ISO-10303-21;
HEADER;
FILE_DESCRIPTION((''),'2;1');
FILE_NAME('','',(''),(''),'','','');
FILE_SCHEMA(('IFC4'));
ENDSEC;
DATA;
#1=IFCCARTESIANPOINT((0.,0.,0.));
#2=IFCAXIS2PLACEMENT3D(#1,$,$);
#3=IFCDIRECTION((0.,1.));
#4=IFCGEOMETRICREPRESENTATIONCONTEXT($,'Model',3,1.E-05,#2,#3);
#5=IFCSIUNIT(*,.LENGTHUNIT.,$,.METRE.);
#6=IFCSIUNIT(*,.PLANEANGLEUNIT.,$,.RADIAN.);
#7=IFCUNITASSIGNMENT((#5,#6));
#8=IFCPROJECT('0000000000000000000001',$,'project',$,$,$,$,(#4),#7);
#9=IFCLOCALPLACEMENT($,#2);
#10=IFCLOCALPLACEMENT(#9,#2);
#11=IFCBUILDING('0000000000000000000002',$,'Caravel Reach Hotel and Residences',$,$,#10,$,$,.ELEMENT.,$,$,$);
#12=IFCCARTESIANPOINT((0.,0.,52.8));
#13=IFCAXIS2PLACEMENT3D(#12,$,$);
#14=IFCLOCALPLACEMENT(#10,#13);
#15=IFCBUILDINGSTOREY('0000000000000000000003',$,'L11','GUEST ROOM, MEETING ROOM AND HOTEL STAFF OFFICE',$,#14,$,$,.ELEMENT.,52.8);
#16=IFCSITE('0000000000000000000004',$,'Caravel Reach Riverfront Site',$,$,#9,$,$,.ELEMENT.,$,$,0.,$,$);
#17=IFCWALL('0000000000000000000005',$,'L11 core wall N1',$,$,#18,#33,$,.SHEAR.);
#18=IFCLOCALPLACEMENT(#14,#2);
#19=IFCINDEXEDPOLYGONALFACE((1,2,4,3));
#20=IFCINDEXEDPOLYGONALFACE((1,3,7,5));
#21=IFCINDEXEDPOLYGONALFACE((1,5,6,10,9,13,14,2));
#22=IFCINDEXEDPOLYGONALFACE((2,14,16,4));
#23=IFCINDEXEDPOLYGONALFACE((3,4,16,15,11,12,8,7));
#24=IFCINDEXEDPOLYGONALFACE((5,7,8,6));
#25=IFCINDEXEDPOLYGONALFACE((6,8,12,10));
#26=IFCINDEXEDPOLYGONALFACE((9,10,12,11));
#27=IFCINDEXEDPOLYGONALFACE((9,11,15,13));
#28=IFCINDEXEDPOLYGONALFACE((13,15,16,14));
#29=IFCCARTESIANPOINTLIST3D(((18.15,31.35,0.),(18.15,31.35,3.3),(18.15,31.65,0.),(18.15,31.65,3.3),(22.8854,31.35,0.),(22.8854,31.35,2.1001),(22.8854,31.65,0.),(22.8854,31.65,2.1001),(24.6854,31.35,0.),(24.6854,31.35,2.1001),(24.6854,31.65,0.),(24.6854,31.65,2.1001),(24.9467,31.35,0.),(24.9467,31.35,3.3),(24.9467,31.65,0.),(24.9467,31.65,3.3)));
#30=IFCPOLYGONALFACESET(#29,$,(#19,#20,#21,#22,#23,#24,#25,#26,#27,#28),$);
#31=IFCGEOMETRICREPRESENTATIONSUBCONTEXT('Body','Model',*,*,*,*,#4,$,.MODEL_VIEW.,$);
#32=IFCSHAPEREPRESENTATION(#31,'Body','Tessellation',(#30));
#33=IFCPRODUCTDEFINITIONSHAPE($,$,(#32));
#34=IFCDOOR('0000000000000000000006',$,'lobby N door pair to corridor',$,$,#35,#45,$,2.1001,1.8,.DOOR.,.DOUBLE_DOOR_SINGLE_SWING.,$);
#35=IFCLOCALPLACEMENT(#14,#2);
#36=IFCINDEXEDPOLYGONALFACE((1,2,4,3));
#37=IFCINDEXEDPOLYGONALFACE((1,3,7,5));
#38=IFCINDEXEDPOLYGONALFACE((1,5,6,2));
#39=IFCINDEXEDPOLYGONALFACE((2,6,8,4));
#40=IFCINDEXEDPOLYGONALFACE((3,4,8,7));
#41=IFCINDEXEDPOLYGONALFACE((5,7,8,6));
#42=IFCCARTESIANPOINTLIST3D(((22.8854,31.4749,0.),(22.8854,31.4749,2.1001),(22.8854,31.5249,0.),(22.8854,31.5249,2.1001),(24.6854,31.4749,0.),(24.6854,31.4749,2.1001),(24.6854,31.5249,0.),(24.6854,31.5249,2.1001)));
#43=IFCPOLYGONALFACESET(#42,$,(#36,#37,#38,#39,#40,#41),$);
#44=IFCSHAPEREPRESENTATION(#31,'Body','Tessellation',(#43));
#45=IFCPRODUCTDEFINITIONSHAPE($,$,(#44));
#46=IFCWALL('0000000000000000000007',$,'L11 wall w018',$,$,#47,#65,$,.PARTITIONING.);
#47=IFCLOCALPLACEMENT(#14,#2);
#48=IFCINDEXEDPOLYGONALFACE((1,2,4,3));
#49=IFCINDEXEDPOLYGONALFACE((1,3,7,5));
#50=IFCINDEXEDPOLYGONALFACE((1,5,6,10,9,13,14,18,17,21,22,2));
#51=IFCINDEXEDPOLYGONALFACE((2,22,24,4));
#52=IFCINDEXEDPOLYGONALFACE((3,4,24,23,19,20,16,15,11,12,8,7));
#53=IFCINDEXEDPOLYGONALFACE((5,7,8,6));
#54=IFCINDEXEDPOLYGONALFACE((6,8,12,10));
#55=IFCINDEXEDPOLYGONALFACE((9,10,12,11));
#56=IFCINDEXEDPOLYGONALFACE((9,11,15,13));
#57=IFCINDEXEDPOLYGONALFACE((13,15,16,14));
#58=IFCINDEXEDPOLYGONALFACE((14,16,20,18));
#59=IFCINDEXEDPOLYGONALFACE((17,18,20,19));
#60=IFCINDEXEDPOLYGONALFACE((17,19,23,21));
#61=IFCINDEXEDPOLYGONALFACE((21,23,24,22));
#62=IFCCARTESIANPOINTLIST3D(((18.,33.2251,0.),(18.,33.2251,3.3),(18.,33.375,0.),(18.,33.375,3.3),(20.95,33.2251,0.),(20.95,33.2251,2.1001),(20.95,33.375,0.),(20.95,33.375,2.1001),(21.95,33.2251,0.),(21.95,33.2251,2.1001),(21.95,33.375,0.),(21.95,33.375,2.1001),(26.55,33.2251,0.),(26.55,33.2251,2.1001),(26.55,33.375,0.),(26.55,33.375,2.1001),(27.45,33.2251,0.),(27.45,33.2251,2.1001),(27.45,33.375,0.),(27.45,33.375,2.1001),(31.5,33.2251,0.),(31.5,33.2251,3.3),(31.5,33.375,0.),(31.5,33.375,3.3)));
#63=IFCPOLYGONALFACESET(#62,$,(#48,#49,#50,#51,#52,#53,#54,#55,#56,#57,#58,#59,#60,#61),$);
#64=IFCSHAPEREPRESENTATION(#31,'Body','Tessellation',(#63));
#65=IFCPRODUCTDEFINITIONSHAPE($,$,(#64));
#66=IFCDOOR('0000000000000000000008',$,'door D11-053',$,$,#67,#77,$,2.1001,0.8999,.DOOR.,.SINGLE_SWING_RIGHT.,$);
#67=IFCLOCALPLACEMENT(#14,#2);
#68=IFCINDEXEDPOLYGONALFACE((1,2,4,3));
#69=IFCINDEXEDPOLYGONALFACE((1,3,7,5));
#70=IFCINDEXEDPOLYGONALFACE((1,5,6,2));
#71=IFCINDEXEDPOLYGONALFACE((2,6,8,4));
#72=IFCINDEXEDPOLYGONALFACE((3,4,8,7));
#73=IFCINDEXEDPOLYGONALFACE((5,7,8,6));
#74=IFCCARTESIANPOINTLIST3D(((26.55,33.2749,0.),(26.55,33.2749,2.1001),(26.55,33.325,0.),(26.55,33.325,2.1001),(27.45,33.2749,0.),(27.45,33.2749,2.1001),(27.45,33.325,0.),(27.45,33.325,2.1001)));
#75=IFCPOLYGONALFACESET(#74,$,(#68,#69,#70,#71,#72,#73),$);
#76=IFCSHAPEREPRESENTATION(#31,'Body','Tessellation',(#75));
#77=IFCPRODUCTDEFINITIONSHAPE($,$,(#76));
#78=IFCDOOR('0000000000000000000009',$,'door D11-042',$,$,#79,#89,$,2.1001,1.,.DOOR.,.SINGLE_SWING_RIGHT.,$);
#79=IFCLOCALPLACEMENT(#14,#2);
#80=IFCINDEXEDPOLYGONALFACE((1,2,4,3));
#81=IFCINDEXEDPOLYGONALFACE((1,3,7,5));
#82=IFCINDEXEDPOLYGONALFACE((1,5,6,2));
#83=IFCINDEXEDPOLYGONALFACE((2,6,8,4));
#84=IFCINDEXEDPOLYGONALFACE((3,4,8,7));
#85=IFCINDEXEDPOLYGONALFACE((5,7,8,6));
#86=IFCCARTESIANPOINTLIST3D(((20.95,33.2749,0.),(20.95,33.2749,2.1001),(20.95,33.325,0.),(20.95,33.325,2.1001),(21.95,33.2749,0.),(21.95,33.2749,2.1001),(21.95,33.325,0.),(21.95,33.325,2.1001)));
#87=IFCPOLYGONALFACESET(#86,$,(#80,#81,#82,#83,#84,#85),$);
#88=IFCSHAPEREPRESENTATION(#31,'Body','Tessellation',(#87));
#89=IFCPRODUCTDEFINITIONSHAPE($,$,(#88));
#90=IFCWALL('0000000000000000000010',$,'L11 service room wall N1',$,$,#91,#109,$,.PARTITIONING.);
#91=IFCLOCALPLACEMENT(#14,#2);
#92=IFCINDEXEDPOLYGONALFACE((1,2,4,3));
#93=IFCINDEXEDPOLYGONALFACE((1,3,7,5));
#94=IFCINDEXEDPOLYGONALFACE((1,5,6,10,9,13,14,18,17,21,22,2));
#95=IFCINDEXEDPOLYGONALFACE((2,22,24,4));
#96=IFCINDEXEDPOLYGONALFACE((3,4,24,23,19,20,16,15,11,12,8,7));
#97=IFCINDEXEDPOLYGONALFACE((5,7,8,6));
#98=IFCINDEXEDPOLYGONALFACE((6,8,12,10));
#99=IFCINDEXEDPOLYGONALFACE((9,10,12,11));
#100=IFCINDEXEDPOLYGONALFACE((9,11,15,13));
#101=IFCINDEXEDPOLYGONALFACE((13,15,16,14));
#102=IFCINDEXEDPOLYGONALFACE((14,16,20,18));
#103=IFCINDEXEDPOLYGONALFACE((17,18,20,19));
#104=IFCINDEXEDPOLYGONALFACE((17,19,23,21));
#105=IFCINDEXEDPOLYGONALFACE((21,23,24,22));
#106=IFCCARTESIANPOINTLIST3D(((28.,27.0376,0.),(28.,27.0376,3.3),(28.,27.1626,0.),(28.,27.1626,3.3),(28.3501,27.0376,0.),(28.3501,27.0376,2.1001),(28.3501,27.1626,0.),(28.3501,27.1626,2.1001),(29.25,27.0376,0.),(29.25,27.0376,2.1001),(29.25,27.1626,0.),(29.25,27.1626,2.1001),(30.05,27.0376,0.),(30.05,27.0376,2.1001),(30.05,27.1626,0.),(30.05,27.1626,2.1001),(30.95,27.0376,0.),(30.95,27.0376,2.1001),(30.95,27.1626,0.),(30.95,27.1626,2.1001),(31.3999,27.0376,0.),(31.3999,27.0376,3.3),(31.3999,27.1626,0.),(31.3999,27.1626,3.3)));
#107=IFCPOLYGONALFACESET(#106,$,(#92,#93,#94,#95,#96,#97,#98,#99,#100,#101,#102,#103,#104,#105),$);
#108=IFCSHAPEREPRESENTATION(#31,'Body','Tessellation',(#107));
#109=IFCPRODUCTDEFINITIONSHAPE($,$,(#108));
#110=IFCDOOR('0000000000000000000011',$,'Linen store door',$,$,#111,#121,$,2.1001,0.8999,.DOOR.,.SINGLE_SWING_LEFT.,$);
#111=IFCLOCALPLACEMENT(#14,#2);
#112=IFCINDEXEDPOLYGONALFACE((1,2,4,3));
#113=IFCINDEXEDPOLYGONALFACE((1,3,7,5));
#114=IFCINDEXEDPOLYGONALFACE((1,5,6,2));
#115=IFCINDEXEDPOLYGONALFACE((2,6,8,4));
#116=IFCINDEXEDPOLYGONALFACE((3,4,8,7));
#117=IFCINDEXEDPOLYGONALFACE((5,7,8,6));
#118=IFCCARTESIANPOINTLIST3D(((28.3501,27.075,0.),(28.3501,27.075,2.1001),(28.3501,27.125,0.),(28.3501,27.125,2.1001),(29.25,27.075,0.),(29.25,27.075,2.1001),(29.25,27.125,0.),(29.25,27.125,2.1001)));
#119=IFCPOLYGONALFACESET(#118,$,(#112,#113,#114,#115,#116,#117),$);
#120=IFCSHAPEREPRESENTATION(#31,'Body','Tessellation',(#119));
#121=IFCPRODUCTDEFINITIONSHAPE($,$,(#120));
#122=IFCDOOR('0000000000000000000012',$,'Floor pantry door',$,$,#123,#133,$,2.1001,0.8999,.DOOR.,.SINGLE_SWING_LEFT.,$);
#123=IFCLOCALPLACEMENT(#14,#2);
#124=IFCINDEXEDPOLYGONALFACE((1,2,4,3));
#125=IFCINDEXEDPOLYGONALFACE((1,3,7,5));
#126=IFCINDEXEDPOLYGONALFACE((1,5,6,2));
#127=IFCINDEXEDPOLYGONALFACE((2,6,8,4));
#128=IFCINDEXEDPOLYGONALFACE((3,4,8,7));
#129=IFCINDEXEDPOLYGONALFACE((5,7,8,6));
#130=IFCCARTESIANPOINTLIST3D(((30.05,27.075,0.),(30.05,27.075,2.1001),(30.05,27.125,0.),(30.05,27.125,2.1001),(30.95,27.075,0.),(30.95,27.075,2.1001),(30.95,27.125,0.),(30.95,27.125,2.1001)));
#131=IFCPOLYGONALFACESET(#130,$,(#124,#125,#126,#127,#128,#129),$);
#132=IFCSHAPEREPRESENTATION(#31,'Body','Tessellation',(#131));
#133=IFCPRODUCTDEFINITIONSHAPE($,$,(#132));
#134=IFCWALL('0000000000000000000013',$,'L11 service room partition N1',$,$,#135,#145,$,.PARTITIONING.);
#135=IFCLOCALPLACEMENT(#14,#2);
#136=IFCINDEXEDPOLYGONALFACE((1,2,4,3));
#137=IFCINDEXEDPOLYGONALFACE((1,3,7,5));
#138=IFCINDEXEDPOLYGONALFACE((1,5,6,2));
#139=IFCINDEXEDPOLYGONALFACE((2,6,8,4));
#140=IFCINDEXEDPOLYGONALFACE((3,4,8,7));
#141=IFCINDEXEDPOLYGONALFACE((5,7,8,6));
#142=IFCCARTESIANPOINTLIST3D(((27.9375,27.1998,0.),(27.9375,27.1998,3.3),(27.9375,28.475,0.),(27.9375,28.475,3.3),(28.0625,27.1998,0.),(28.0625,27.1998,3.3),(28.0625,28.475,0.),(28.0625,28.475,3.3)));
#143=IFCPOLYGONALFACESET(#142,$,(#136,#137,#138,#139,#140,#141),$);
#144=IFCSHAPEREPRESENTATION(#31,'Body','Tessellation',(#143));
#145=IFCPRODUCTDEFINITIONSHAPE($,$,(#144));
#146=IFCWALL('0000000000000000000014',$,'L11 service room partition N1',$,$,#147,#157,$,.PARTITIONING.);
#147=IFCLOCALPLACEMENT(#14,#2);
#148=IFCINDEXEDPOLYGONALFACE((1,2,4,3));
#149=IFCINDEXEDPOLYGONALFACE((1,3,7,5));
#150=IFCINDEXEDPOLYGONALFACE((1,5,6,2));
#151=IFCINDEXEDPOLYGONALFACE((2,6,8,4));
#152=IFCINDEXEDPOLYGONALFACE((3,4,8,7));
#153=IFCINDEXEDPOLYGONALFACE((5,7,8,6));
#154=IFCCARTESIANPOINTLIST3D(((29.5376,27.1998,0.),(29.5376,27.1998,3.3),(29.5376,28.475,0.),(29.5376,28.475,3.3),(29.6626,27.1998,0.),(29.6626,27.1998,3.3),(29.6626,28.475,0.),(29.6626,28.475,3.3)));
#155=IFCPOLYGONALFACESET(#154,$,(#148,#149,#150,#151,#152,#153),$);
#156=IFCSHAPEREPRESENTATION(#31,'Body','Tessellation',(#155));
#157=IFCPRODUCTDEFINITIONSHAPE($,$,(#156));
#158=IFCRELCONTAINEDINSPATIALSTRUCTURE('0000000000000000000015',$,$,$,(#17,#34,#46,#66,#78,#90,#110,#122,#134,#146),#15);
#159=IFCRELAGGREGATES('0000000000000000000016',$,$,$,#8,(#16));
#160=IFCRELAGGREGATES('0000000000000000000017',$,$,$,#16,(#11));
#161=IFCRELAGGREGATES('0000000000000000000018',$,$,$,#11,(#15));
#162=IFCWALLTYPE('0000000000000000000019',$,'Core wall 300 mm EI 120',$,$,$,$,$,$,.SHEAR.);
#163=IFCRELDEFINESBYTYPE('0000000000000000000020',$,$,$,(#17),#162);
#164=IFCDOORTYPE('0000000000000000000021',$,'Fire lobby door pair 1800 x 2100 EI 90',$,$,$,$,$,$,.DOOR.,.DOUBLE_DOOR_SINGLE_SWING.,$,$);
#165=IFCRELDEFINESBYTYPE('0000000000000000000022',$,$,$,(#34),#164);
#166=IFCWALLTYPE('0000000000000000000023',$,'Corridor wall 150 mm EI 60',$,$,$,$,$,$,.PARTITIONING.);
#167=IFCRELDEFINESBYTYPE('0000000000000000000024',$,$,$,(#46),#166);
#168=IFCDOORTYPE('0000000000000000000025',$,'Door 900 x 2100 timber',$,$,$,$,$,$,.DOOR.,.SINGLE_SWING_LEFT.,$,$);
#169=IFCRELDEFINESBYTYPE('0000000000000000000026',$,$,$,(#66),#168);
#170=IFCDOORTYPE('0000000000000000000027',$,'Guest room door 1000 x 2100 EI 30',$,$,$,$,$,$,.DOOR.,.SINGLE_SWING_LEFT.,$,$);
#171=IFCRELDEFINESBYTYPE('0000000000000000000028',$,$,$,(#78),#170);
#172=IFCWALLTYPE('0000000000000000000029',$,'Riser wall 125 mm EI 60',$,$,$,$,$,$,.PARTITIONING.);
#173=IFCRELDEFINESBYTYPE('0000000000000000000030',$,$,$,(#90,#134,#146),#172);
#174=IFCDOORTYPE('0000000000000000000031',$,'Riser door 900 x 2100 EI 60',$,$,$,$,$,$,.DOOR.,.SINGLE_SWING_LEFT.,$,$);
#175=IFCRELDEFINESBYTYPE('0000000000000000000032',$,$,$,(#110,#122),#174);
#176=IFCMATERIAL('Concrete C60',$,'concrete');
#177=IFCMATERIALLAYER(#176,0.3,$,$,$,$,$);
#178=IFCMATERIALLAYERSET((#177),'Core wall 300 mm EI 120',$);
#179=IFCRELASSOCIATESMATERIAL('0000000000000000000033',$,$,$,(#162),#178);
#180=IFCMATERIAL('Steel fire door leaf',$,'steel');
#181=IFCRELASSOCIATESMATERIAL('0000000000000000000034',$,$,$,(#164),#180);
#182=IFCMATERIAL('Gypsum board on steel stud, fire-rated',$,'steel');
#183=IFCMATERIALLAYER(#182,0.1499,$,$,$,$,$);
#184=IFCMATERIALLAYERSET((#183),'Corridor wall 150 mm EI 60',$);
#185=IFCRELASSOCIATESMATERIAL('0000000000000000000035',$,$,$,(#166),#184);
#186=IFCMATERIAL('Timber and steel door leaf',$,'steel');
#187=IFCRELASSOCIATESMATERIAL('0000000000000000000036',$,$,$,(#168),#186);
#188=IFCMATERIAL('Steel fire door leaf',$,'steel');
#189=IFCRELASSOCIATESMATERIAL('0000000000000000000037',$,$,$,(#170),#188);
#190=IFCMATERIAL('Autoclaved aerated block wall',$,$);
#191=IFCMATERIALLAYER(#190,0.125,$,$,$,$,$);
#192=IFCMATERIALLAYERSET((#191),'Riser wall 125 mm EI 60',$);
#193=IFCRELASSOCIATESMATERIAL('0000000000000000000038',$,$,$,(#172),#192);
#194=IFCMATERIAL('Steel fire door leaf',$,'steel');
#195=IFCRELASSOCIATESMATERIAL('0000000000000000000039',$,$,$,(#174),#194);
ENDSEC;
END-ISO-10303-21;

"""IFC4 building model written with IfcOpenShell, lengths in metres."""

from ifc_helpers import new_model, si_unit, direction, frame, frame_2d, origin, place, context, subcontext, project, spatial, rectangle, extrude, material, layer, layer_set, type_object, element, fill, save


model = new_model("IFC4")

# Units and contexts
model_context = context("Model", 3, precision=1e-05, world=origin(), true_north=direction((0.0, 1.0)))
body_context = subcontext(model_context, "Body", "Model", "MODEL_VIEW")
ifc_project = project(units=[si_unit("LENGTHUNIT", "METRE"), si_unit("PLANEANGLEUNIT", "RADIAN")], contexts=[model_context])

# Site, building, storey
site_placement = place(None, origin())
site = spatial("IfcSite", under=ifc_project, at=site_placement, Name="Caravel Reach Riverfront Site", CompositionType="ELEMENT", RefElevation=0.0)
building_placement = place(site_placement, origin())
building = spatial("IfcBuilding", under=site, at=building_placement, Name="Caravel Reach Hotel and Residences", CompositionType="ELEMENT")
storey_placement = place(building_placement, frame((0.0, 0.0, 52.8)))
storey = spatial("IfcBuildingStorey", under=building, at=storey_placement, Name="L11", Description="GUEST ROOM, MEETING ROOM AND HOTEL STAFF OFFICE", CompositionType="ELEMENT", Elevation=52.8)

# Wall, opening, door
ifc_material_1 = material(Name="Concrete C60", Category="concrete")
ifc_layer_1 = layer(ifc_material_1, 0.3)
ifc_layer_set_1 = layer_set([ifc_layer_1], Name="Core wall 300 mm EI 120")
wall_type_1 = type_object("IfcWallType", Name="Core wall 300 mm EI 120", PredefinedType="SHEAR", material=ifc_layer_set_1)
wall_1_placement = place(storey_placement, frame((18.1499, 31.5, 0.0), z_axis=(0.0, 0.0, 1.0), x_axis=(1.0, 0.0, 0.0)))
wall_1 = element("IfcWall", 1, at=wall_1_placement, inside=storey, type_object=wall_type_1, Name="L11 core wall N1", PredefinedType="SHEAR", context=body_context, shape_type="SweptSolid", body=[
    extrude(rectangle(XDim=6.7966, YDim=0.3, at=frame_2d((3.3984, 0.0))), origin(), (0.0, 0.0, 1.0), 3.3),
])
opening_1_placement = place(wall_1_placement, frame((4.7356, 0.0, 0.0)))
opening_1 = element("IfcOpeningElement", 2, at=opening_1_placement, cuts=wall_1, PredefinedType="OPENING", context=body_context, shape_type="SweptSolid", body=[
    extrude(rectangle(XDim=1.8, YDim=2.1001, at=frame_2d((0.8999, 1.05))), frame((0.0, 0.1599, 0.0), z_axis=(0.0, -1.0, 0.0), x_axis=(1.0, 0.0, 0.0)), (0.0, 0.0, 1.0), 0.3201),
])
ifc_material_2 = material(Name="Steel fire door leaf", Category="steel")
door_type_1 = type_object("IfcDoorType", Name="Fire lobby door pair 1800 x 2100 EI 90", OperationType="DOUBLE_DOOR_SINGLE_SWING", PredefinedType="DOOR", material=ifc_material_2)
door_1_placement = place(opening_1_placement, origin())
door_1 = element("IfcDoor", 3, at=door_1_placement, inside=storey, type_object=door_type_1, Name="lobby N door pair to corridor", OperationType="DOUBLE_DOOR_SINGLE_SWING", OverallHeight=2.1001, OverallWidth=1.8, PredefinedType="DOOR", context=body_context, shape_type="SweptSolid", body=[
    extrude(rectangle(XDim=1.8, YDim=2.1001, at=frame_2d((0.8999, 1.05))), frame((0.0, 0.0249, 0.0), z_axis=(0.0, -1.0, 0.0), x_axis=(1.0, 0.0, 0.0)), (0.0, 0.0, 1.0), 0.05),
])
fill(opening_1, door_1)

# Walls, openings, doors
ifc_material_3 = material(Name="Gypsum board on steel stud, fire-rated", Category="steel")
ifc_layer_2 = layer(ifc_material_3, 0.1499)
ifc_layer_set_2 = layer_set([ifc_layer_2], Name="Corridor wall 150 mm EI 60")
wall_type_2 = type_object("IfcWallType", Name="Corridor wall 150 mm EI 60", PredefinedType="PARTITIONING", material=ifc_layer_set_2)
wall_2_placement = place(storey_placement, frame((18.0, 33.3, 0.0), z_axis=(0.0, 0.0, 1.0), x_axis=(1.0, 0.0, 0.0)))
wall_2 = element("IfcWall", 4, at=wall_2_placement, inside=storey, type_object=wall_type_2, Name="L11 wall w018", PredefinedType="PARTITIONING", context=body_context, shape_type="SweptSolid", body=[
    extrude(rectangle(XDim=13.5, YDim=0.1499, at=frame_2d((6.75, 0.0))), origin(), (0.0, 0.0, 1.0), 3.3),
])
opening_2_placement = place(wall_2_placement, frame((2.95, 0.0, 0.0)))
opening_2 = element("IfcOpeningElement", 5, at=opening_2_placement, cuts=wall_2, PredefinedType="OPENING", context=body_context, shape_type="SweptSolid", body=[
    extrude(rectangle(XDim=1.0, YDim=2.1001, at=frame_2d((0.5, 1.05))), frame((0.0, 0.085, 0.0), z_axis=(0.0, -1.0, 0.0), x_axis=(1.0, 0.0, 0.0)), (0.0, 0.0, 1.0), 0.1699),
])
opening_3_placement = place(wall_2_placement, frame((8.55, 0.0, 0.0)))
opening_3 = element("IfcOpeningElement", 6, at=opening_3_placement, cuts=wall_2, PredefinedType="OPENING", context=body_context, shape_type="SweptSolid", body=[
    extrude(rectangle(XDim=0.8999, YDim=2.1001, at=frame_2d((0.45, 1.05))), frame((0.0, 0.085, 0.0), z_axis=(0.0, -1.0, 0.0), x_axis=(1.0, 0.0, 0.0)), (0.0, 0.0, 1.0), 0.1699),
])
ifc_material_4 = material(Name="Timber and steel door leaf", Category="steel")
door_type_2 = type_object("IfcDoorType", Name="Door 900 x 2100 timber", OperationType="SINGLE_SWING_LEFT", PredefinedType="DOOR", material=ifc_material_4)
door_2_placement = place(opening_3_placement, origin())
door_2 = element("IfcDoor", 7, at=door_2_placement, inside=storey, type_object=door_type_2, Name="door D11-053", OperationType="SINGLE_SWING_RIGHT", OverallHeight=2.1001, OverallWidth=0.8999, PredefinedType="DOOR", context=body_context, shape_type="SweptSolid", body=[
    extrude(rectangle(XDim=0.8999, YDim=2.1001, at=frame_2d((0.45, 1.05))), frame((0.0, 0.0249, 0.0), z_axis=(0.0, -1.0, 0.0), x_axis=(1.0, 0.0, 0.0)), (0.0, 0.0, 1.0), 0.05),
])
fill(opening_3, door_2)
ifc_material_5 = material(Name="Steel fire door leaf", Category="steel")
door_type_3 = type_object("IfcDoorType", Name="Guest room door 1000 x 2100 EI 30", OperationType="SINGLE_SWING_LEFT", PredefinedType="DOOR", material=ifc_material_5)
door_3_placement = place(opening_2_placement, origin())
door_3 = element("IfcDoor", 8, at=door_3_placement, inside=storey, type_object=door_type_3, Name="door D11-042", OperationType="SINGLE_SWING_RIGHT", OverallHeight=2.1001, OverallWidth=1.0, PredefinedType="DOOR", context=body_context, shape_type="SweptSolid", body=[
    extrude(rectangle(XDim=1.0, YDim=2.1001, at=frame_2d((0.5, 1.05))), frame((0.0, 0.0249, 0.0), z_axis=(0.0, -1.0, 0.0), x_axis=(1.0, 0.0, 0.0)), (0.0, 0.0, 1.0), 0.05),
])
fill(opening_2, door_3)
ifc_material_6 = material(Name="Autoclaved aerated block wall")
ifc_layer_3 = layer(ifc_material_6, 0.125)
ifc_layer_set_3 = layer_set([ifc_layer_3], Name="Riser wall 125 mm EI 60")
wall_type_3 = type_object("IfcWallType", Name="Riser wall 125 mm EI 60", PredefinedType="PARTITIONING", material=ifc_layer_set_3)
wall_3_placement = place(storey_placement, frame((28.0, 27.1001, 0.0), z_axis=(0.0, 0.0, 1.0), x_axis=(1.0, 0.0, 0.0)))
wall_3 = element("IfcWall", 9, at=wall_3_placement, inside=storey, type_object=wall_type_3, Name="L11 service room wall N1", PredefinedType="PARTITIONING", context=body_context, shape_type="SweptSolid", body=[
    extrude(rectangle(XDim=3.3999, YDim=0.125, at=frame_2d((1.7, 0.0))), origin(), (0.0, 0.0, 1.0), 3.3),
])
opening_4_placement = place(wall_3_placement, frame((0.3501, 0.0, 0.0)))
opening_4 = element("IfcOpeningElement", 10, at=opening_4_placement, cuts=wall_3, PredefinedType="OPENING", context=body_context, shape_type="SweptSolid", body=[
    extrude(rectangle(XDim=0.8999, YDim=2.1001, at=frame_2d((0.45, 1.05))), frame((0.0, 0.0725, 0.0), z_axis=(0.0, -1.0, 0.0), x_axis=(1.0, 0.0, 0.0)), (0.0, 0.0, 1.0), 0.145),
])
opening_5_placement = place(wall_3_placement, frame((2.05, 0.0, 0.0)))
opening_5 = element("IfcOpeningElement", 11, at=opening_5_placement, cuts=wall_3, PredefinedType="OPENING", context=body_context, shape_type="SweptSolid", body=[
    extrude(rectangle(XDim=0.8999, YDim=2.1001, at=frame_2d((0.45, 1.05))), frame((0.0, 0.0725, 0.0), z_axis=(0.0, -1.0, 0.0), x_axis=(1.0, 0.0, 0.0)), (0.0, 0.0, 1.0), 0.145),
])
ifc_material_7 = material(Name="Steel fire door leaf", Category="steel")
door_type_4 = type_object("IfcDoorType", Name="Riser door 900 x 2100 EI 60", OperationType="SINGLE_SWING_LEFT", PredefinedType="DOOR", material=ifc_material_7)
door_4_placement = place(opening_4_placement, origin())
door_4 = element("IfcDoor", 12, at=door_4_placement, inside=storey, type_object=door_type_4, Name="Linen store door", OperationType="SINGLE_SWING_LEFT", OverallHeight=2.1001, OverallWidth=0.8999, PredefinedType="DOOR", context=body_context, shape_type="SweptSolid", body=[
    extrude(rectangle(XDim=0.8999, YDim=2.1001, at=frame_2d((0.45, 1.05))), frame((0.0, 0.0249, 0.0), z_axis=(0.0, -1.0, 0.0), x_axis=(1.0, 0.0, 0.0)), (0.0, 0.0, 1.0), 0.05),
])
fill(opening_4, door_4)
door_5_placement = place(opening_5_placement, origin())
door_5 = element("IfcDoor", 13, at=door_5_placement, inside=storey, type_object=door_type_4, Name="Floor pantry door", OperationType="SINGLE_SWING_LEFT", OverallHeight=2.1001, OverallWidth=0.8999, PredefinedType="DOOR", context=body_context, shape_type="SweptSolid", body=[
    extrude(rectangle(XDim=0.8999, YDim=2.1001, at=frame_2d((0.45, 1.05))), frame((0.0, 0.0249, 0.0), z_axis=(0.0, -1.0, 0.0), x_axis=(1.0, 0.0, 0.0)), (0.0, 0.0, 1.0), 0.05),
])
fill(opening_5, door_5)

# Walls
for number, where, z_axis, x_axis, name in (
    (14, (28.0, 28.4751, 0.0), (0.0, 0.0, 1.0), (0.0, -1.0, 0.0), "L11 service room partition N1"),
    (15, (29.6001, 28.4751, 0.0), (0.0, 0.0, 1.0), (0.0, -1.0, 0.0), "L11 service room partition N1"),
):
    element("IfcWall", number, at=place(storey_placement, frame(where, z_axis=z_axis, x_axis=x_axis)), inside=storey, type_object=wall_type_3, Name=name, PredefinedType="PARTITIONING", context=body_context, shape_type="SweptSolid", body=[
        extrude(rectangle(XDim=1.2751, YDim=0.125, at=frame_2d((0.6377, 0.0))), origin(), (0.0, 0.0, 1.0), 3.3),
    ])

save(model, "model.ifc")
